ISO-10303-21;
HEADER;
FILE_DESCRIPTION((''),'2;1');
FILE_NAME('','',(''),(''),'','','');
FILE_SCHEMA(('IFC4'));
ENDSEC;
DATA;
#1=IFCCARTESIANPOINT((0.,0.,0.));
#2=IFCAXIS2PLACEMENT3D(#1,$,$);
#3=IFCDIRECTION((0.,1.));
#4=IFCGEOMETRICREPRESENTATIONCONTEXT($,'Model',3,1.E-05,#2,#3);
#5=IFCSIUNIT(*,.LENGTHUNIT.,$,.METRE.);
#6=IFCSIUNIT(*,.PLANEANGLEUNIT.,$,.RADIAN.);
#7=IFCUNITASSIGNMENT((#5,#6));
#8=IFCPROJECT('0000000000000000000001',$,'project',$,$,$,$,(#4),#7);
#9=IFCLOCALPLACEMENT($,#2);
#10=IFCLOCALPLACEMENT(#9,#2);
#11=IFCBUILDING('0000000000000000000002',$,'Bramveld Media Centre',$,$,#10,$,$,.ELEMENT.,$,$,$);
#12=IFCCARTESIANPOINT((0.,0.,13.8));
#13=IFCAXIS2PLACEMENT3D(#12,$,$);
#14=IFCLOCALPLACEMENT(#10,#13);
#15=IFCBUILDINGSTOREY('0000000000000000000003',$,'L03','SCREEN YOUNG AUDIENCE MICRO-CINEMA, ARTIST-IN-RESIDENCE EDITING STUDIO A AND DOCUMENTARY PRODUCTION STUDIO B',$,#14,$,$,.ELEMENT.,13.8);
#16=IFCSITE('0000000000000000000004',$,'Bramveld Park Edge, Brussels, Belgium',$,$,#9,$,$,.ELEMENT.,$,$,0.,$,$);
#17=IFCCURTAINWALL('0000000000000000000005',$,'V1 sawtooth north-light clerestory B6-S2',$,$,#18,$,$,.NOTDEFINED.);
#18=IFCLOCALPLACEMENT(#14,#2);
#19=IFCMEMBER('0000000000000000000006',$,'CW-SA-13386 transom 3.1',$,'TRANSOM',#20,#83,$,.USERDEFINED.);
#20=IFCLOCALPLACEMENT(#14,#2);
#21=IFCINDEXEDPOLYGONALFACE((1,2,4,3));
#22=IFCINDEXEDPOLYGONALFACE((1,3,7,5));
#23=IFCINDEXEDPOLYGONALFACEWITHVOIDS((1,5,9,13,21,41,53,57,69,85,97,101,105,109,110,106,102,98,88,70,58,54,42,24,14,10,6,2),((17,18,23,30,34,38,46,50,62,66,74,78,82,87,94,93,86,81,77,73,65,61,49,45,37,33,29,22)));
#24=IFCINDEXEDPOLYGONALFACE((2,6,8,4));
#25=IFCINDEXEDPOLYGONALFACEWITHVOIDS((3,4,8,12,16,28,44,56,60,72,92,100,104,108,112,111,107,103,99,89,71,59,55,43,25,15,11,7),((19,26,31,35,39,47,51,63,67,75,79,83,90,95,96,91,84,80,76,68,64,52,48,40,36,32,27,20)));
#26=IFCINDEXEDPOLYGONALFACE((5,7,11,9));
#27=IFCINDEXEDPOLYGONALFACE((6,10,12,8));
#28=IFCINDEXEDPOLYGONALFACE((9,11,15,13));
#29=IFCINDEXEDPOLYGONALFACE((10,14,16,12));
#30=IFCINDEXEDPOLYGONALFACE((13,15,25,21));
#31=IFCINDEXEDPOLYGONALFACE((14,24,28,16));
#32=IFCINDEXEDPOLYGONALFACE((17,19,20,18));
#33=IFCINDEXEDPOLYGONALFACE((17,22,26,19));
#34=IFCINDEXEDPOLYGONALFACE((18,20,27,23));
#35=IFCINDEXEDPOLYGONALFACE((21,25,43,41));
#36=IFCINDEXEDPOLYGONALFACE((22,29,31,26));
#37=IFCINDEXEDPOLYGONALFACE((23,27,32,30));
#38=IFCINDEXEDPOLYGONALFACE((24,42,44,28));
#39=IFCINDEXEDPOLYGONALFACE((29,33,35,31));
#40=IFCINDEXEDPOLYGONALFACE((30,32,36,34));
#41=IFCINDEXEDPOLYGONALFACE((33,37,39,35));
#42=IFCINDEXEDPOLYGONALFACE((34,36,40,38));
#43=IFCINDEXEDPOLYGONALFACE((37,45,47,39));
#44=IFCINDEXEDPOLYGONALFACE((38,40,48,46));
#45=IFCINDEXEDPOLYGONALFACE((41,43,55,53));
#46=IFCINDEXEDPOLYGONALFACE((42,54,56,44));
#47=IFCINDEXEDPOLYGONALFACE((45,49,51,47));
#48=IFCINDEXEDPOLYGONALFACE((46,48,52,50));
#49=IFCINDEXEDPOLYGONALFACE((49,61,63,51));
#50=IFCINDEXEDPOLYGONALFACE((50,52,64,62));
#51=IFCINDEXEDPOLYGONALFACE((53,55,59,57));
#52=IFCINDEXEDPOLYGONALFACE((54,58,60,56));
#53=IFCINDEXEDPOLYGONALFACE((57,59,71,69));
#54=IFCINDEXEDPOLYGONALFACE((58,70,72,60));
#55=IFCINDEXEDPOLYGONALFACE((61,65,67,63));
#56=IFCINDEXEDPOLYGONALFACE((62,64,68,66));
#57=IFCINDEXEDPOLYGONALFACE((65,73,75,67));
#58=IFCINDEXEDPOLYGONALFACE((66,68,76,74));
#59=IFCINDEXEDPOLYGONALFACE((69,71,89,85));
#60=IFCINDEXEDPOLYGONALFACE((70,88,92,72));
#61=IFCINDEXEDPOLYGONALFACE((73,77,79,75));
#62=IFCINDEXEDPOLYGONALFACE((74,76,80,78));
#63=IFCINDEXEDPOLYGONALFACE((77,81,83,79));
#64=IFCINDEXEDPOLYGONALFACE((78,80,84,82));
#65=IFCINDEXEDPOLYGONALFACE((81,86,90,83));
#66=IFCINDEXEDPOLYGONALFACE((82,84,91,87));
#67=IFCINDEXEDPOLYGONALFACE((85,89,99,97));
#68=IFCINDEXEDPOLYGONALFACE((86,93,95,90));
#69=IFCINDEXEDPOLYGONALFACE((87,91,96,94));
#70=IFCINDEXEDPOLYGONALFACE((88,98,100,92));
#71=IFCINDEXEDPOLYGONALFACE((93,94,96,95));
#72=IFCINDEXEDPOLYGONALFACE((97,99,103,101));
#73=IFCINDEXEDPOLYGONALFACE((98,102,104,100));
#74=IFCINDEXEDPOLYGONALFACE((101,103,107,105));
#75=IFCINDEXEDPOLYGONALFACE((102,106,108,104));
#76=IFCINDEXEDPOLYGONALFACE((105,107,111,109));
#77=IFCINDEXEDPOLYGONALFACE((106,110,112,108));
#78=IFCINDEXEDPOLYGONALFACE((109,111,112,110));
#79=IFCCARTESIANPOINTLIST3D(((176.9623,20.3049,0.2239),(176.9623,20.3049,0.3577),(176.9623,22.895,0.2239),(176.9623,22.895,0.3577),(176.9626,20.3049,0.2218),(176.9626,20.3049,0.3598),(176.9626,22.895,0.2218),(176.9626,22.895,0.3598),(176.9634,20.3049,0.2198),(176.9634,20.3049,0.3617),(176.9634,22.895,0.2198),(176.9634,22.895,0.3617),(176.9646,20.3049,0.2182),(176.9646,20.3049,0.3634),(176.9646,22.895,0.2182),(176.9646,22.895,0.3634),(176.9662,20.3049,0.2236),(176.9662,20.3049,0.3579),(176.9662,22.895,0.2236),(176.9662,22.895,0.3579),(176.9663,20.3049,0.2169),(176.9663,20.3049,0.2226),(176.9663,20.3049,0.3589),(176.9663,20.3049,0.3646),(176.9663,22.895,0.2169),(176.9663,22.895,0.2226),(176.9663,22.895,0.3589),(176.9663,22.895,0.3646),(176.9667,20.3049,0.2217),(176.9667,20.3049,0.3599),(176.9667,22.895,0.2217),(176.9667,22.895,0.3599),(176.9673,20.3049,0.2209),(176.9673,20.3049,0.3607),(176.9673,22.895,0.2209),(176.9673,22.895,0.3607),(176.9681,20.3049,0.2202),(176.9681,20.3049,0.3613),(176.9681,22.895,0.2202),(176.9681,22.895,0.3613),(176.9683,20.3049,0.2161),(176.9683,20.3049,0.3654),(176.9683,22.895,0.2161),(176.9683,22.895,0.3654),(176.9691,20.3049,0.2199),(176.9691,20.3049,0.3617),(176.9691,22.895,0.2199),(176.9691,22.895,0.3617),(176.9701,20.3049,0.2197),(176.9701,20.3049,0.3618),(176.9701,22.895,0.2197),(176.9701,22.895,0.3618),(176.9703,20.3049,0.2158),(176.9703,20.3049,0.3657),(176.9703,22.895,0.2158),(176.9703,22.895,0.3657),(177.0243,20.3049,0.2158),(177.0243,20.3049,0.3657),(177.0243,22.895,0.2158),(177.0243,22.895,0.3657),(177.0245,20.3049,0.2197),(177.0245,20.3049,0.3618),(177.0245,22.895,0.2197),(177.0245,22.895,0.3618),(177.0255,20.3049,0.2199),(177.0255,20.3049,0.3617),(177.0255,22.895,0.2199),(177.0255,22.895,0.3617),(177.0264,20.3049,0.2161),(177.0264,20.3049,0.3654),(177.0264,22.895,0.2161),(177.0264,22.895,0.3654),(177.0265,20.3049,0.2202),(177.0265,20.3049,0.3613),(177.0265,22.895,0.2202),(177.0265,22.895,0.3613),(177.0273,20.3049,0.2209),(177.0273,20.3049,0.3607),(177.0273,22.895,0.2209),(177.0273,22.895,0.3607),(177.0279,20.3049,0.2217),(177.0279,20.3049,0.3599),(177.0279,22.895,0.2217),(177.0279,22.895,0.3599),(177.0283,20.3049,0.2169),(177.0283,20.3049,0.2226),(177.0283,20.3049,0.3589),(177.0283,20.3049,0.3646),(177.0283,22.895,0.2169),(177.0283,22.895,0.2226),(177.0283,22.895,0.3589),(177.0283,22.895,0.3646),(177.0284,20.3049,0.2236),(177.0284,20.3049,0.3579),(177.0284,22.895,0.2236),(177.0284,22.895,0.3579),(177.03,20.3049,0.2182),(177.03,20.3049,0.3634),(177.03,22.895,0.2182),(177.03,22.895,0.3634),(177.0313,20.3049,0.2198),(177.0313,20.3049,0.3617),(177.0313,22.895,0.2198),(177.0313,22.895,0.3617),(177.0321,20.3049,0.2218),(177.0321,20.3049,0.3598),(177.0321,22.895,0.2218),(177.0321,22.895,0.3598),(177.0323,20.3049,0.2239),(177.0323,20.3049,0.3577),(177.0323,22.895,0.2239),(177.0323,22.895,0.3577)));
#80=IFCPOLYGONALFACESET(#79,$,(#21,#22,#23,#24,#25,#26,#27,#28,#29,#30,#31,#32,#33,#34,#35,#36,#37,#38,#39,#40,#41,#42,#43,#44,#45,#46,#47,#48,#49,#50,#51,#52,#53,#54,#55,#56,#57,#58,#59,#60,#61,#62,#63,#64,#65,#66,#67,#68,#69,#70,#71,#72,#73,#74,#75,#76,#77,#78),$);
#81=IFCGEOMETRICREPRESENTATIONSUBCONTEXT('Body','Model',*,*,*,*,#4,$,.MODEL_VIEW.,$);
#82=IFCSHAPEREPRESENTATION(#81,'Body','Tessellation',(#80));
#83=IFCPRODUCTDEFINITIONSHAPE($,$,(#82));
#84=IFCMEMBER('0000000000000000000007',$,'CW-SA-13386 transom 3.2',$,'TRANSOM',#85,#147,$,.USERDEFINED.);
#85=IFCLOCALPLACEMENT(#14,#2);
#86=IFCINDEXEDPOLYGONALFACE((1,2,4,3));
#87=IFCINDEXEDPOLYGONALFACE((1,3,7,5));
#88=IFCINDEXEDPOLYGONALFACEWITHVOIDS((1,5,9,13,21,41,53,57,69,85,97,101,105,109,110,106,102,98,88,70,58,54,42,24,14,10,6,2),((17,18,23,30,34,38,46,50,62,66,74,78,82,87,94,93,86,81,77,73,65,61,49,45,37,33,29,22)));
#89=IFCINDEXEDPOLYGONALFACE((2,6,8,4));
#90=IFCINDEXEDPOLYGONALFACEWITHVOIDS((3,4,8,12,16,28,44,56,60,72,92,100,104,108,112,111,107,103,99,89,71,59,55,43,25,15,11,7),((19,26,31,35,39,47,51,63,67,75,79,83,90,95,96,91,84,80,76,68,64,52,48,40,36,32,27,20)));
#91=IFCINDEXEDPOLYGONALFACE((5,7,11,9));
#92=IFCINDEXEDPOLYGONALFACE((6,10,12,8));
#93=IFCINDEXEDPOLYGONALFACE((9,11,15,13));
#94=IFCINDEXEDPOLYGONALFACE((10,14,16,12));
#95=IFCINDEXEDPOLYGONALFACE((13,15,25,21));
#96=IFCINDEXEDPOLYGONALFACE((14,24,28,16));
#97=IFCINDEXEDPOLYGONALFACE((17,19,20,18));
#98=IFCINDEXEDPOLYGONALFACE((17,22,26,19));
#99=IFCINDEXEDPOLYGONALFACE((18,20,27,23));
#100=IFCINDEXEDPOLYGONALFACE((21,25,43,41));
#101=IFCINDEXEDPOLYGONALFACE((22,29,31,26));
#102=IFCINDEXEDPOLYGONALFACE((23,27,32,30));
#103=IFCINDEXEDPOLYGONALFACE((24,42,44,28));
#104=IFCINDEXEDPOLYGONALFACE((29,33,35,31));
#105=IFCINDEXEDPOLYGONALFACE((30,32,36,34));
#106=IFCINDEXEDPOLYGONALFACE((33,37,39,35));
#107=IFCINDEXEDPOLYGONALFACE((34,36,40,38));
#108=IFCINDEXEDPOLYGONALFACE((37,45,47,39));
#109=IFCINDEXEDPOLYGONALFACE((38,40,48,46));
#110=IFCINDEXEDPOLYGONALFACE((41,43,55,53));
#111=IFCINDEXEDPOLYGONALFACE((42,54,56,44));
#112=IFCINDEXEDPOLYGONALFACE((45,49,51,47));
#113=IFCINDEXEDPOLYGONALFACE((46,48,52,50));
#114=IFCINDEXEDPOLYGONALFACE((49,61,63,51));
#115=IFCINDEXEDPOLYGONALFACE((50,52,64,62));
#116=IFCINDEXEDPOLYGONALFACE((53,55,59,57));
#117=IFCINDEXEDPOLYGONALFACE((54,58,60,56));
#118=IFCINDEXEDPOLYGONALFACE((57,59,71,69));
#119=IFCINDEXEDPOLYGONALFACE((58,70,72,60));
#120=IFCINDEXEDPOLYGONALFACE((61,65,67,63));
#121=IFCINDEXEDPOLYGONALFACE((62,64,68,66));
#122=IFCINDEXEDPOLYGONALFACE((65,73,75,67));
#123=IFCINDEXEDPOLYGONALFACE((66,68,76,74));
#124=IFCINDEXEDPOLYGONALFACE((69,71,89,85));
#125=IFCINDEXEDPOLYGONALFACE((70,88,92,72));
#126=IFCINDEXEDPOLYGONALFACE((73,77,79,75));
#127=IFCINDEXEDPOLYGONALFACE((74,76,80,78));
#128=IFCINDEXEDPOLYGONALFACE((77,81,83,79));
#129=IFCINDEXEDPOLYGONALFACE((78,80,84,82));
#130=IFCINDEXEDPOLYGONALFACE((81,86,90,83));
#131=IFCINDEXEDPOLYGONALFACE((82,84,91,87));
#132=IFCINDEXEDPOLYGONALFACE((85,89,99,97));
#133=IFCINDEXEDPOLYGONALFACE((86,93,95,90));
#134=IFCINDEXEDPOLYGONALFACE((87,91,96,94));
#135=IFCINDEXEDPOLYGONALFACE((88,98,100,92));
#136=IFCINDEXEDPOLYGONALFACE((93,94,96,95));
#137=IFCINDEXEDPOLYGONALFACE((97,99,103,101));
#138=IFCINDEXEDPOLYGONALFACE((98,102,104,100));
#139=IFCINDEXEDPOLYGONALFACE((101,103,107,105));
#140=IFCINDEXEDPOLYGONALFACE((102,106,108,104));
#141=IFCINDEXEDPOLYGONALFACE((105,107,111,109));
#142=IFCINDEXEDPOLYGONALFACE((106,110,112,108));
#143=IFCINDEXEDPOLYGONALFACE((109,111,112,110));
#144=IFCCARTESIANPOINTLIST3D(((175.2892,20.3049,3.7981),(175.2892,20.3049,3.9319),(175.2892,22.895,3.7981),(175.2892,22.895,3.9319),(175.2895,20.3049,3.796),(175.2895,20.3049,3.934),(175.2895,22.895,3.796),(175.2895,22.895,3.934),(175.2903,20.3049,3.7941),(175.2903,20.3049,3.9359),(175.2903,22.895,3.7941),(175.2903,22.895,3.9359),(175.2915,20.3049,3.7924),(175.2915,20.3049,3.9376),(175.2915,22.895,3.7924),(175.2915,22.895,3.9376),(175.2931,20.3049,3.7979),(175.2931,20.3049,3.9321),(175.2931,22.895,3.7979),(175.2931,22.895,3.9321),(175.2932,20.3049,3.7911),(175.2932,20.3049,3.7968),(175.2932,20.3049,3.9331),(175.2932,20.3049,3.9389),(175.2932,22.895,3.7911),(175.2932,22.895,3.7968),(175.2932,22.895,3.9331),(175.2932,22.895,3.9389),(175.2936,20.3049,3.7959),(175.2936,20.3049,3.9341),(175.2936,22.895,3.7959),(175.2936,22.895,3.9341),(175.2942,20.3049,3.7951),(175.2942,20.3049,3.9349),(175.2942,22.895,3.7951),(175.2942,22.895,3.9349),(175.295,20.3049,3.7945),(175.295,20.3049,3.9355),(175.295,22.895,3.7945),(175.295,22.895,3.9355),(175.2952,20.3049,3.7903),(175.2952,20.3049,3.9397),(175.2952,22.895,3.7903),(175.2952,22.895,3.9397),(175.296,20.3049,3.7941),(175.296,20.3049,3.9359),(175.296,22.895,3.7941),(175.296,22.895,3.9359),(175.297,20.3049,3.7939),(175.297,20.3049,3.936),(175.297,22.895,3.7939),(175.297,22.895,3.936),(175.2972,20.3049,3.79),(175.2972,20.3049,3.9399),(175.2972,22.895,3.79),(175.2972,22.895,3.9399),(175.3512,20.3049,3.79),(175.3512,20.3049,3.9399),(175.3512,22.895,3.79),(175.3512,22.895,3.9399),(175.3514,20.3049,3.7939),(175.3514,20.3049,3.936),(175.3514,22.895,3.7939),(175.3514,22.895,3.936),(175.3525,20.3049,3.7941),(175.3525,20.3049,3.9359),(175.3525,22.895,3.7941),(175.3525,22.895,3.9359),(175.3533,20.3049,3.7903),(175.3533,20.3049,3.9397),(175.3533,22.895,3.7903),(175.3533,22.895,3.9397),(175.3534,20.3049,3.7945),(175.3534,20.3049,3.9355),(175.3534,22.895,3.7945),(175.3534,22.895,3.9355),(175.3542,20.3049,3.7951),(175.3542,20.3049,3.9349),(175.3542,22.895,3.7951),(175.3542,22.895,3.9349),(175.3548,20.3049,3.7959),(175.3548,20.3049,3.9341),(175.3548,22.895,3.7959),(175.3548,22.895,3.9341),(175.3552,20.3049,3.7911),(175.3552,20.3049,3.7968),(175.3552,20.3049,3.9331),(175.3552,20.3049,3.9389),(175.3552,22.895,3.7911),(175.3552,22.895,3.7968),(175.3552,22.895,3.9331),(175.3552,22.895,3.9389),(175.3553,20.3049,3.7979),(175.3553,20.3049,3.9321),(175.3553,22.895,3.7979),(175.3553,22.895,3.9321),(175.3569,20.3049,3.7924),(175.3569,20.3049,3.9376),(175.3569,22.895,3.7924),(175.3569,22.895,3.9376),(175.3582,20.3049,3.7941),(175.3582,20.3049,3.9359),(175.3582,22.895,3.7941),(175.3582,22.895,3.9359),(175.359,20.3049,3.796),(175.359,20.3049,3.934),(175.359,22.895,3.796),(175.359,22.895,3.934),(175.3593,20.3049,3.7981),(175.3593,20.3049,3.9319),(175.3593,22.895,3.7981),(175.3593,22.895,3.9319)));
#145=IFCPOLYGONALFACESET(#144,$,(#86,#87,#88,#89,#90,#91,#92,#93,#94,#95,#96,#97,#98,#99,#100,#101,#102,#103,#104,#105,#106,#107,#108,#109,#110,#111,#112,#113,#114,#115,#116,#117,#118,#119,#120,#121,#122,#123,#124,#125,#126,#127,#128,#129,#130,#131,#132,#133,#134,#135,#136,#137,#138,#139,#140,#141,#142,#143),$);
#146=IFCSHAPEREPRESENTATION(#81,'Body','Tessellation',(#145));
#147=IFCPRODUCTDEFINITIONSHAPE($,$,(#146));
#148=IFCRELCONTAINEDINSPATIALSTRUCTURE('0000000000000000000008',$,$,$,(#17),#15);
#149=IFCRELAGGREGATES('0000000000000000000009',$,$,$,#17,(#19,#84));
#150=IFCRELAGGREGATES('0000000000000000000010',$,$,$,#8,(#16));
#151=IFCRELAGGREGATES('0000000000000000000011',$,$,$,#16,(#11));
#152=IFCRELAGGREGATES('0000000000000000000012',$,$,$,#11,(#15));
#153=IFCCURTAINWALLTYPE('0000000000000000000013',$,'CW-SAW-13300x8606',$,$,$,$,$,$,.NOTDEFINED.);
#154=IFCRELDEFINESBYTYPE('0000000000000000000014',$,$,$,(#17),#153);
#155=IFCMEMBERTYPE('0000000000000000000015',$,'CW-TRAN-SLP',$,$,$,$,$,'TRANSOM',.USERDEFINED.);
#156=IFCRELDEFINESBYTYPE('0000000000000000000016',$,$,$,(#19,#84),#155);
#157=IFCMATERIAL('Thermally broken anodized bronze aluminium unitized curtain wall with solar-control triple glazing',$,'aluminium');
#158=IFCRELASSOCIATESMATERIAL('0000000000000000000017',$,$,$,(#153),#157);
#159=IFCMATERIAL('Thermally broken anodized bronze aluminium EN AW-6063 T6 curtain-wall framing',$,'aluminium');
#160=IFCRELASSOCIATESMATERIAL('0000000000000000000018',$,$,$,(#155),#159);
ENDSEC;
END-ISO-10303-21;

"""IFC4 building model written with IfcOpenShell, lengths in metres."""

from ifc_helpers import new_model, si_unit, direction, frame, origin, origin_2d, place, context, subcontext, project, spatial, hollow_rectangle, extrude, material, material_profile, profile_set, type_object, element, aggregate, save


model = new_model("IFC4")

# Units and contexts
model_context = context("Model", 3, precision=1e-05, world=origin(), true_north=direction((0.0, 1.0)))
body_context = subcontext(model_context, "Body", "Model", "MODEL_VIEW")
ifc_project = project(units=[si_unit("LENGTHUNIT", "METRE"), si_unit("PLANEANGLEUNIT", "RADIAN")], contexts=[model_context])

# Site, building, storey
site_placement = place(None, origin())
site = spatial("IfcSite", under=ifc_project, at=site_placement, Name="Bramveld Park Edge, Brussels, Belgium", CompositionType="ELEMENT", RefElevation=0.0)
building_placement = place(site_placement, origin())
building = spatial("IfcBuilding", under=site, at=building_placement, Name="Bramveld Media Centre", CompositionType="ELEMENT")
storey_placement = place(building_placement, frame((0.0, 0.0, 13.8)))
storey = spatial("IfcBuildingStorey", under=building, at=storey_placement, Name="L03", Description="SCREEN YOUNG AUDIENCE MICRO-CINEMA, ARTIST-IN-RESIDENCE EDITING STUDIO A AND DOCUMENTARY PRODUCTION STUDIO B", CompositionType="ELEMENT", Elevation=13.8)

# Curtain wall, members
ifc_material_1 = material(Name="Thermally broken anodized bronze aluminium unitized curtain wall with solar-control triple glazing", Category="aluminium")
curtain_wall_type = type_object("IfcCurtainWallType", Name="CW-SAW-13300x8606", PredefinedType="NOTDEFINED", material=ifc_material_1)
curtain_wall_placement = place(storey_placement, origin())
curtain_wall = element("IfcCurtainWall", 1, at=curtain_wall_placement, inside=storey, type_object=curtain_wall_type, Name="V1 sawtooth north-light clerestory B6-S2", PredefinedType="NOTDEFINED")
ifc_material_2 = material(Name="Thermally broken anodized bronze aluminium EN AW-6063 T6 curtain-wall framing", Category="aluminium")
ifc_material_profile_1 = material_profile(ifc_material_2, hollow_rectangle(XDim=0.0701, YDim=0.1499, WallThickness=0.0039, InnerFilletRadius=0.0039, OuterFilletRadius=0.0081, at=origin_2d()), Name="AL-TRAN 70x150")
ifc_profile_set_1 = profile_set([ifc_material_profile_1], Name="Thermally broken anodized bronze aluminium EN AW-6063 T6 curtain-wall framing")
member_type_1 = type_object("IfcMemberType", Name="CW-TRAN-SLP", ElementType="TRANSOM", PredefinedType="USERDEFINED", material=ifc_profile_set_1)
member_1_placement = place(storey_placement, frame((176.9973, 20.3049, 0.2908), z_axis=(0.0, 1.0, 0.0), x_axis=(-1.0, 0.0, 0.0)))
member_1 = element("IfcMember", 2, at=member_1_placement, type_object=member_type_1, Name="CW-SA-13386 transom 3.1", ObjectType="TRANSOM", PredefinedType="USERDEFINED", context=body_context, shape_type="SweptSolid", body=[
    extrude(hollow_rectangle(XDim=0.0701, YDim=0.1499, WallThickness=0.0039, InnerFilletRadius=0.0039, OuterFilletRadius=0.0081, at=origin_2d()), origin(), (0.0, 0.0, 1.0), 2.5901),
])
member_2_placement = place(storey_placement, frame((175.3242, 20.3049, 3.865), z_axis=(0.0, 1.0, 0.0), x_axis=(-1.0, 0.0, 0.0)))
member_2 = element("IfcMember", 3, at=member_2_placement, type_object=member_type_1, Name="CW-SA-13386 transom 3.2", ObjectType="TRANSOM", PredefinedType="USERDEFINED", context=body_context, shape_type="SweptSolid", body=[
    extrude(hollow_rectangle(XDim=0.0701, YDim=0.1499, WallThickness=0.0039, InnerFilletRadius=0.0039, OuterFilletRadius=0.0081, at=origin_2d()), origin(), (0.0, 0.0, 1.0), 2.5901),
])

aggregate(curtain_wall, [member_1, member_2])

save(model, "model.ifc")
